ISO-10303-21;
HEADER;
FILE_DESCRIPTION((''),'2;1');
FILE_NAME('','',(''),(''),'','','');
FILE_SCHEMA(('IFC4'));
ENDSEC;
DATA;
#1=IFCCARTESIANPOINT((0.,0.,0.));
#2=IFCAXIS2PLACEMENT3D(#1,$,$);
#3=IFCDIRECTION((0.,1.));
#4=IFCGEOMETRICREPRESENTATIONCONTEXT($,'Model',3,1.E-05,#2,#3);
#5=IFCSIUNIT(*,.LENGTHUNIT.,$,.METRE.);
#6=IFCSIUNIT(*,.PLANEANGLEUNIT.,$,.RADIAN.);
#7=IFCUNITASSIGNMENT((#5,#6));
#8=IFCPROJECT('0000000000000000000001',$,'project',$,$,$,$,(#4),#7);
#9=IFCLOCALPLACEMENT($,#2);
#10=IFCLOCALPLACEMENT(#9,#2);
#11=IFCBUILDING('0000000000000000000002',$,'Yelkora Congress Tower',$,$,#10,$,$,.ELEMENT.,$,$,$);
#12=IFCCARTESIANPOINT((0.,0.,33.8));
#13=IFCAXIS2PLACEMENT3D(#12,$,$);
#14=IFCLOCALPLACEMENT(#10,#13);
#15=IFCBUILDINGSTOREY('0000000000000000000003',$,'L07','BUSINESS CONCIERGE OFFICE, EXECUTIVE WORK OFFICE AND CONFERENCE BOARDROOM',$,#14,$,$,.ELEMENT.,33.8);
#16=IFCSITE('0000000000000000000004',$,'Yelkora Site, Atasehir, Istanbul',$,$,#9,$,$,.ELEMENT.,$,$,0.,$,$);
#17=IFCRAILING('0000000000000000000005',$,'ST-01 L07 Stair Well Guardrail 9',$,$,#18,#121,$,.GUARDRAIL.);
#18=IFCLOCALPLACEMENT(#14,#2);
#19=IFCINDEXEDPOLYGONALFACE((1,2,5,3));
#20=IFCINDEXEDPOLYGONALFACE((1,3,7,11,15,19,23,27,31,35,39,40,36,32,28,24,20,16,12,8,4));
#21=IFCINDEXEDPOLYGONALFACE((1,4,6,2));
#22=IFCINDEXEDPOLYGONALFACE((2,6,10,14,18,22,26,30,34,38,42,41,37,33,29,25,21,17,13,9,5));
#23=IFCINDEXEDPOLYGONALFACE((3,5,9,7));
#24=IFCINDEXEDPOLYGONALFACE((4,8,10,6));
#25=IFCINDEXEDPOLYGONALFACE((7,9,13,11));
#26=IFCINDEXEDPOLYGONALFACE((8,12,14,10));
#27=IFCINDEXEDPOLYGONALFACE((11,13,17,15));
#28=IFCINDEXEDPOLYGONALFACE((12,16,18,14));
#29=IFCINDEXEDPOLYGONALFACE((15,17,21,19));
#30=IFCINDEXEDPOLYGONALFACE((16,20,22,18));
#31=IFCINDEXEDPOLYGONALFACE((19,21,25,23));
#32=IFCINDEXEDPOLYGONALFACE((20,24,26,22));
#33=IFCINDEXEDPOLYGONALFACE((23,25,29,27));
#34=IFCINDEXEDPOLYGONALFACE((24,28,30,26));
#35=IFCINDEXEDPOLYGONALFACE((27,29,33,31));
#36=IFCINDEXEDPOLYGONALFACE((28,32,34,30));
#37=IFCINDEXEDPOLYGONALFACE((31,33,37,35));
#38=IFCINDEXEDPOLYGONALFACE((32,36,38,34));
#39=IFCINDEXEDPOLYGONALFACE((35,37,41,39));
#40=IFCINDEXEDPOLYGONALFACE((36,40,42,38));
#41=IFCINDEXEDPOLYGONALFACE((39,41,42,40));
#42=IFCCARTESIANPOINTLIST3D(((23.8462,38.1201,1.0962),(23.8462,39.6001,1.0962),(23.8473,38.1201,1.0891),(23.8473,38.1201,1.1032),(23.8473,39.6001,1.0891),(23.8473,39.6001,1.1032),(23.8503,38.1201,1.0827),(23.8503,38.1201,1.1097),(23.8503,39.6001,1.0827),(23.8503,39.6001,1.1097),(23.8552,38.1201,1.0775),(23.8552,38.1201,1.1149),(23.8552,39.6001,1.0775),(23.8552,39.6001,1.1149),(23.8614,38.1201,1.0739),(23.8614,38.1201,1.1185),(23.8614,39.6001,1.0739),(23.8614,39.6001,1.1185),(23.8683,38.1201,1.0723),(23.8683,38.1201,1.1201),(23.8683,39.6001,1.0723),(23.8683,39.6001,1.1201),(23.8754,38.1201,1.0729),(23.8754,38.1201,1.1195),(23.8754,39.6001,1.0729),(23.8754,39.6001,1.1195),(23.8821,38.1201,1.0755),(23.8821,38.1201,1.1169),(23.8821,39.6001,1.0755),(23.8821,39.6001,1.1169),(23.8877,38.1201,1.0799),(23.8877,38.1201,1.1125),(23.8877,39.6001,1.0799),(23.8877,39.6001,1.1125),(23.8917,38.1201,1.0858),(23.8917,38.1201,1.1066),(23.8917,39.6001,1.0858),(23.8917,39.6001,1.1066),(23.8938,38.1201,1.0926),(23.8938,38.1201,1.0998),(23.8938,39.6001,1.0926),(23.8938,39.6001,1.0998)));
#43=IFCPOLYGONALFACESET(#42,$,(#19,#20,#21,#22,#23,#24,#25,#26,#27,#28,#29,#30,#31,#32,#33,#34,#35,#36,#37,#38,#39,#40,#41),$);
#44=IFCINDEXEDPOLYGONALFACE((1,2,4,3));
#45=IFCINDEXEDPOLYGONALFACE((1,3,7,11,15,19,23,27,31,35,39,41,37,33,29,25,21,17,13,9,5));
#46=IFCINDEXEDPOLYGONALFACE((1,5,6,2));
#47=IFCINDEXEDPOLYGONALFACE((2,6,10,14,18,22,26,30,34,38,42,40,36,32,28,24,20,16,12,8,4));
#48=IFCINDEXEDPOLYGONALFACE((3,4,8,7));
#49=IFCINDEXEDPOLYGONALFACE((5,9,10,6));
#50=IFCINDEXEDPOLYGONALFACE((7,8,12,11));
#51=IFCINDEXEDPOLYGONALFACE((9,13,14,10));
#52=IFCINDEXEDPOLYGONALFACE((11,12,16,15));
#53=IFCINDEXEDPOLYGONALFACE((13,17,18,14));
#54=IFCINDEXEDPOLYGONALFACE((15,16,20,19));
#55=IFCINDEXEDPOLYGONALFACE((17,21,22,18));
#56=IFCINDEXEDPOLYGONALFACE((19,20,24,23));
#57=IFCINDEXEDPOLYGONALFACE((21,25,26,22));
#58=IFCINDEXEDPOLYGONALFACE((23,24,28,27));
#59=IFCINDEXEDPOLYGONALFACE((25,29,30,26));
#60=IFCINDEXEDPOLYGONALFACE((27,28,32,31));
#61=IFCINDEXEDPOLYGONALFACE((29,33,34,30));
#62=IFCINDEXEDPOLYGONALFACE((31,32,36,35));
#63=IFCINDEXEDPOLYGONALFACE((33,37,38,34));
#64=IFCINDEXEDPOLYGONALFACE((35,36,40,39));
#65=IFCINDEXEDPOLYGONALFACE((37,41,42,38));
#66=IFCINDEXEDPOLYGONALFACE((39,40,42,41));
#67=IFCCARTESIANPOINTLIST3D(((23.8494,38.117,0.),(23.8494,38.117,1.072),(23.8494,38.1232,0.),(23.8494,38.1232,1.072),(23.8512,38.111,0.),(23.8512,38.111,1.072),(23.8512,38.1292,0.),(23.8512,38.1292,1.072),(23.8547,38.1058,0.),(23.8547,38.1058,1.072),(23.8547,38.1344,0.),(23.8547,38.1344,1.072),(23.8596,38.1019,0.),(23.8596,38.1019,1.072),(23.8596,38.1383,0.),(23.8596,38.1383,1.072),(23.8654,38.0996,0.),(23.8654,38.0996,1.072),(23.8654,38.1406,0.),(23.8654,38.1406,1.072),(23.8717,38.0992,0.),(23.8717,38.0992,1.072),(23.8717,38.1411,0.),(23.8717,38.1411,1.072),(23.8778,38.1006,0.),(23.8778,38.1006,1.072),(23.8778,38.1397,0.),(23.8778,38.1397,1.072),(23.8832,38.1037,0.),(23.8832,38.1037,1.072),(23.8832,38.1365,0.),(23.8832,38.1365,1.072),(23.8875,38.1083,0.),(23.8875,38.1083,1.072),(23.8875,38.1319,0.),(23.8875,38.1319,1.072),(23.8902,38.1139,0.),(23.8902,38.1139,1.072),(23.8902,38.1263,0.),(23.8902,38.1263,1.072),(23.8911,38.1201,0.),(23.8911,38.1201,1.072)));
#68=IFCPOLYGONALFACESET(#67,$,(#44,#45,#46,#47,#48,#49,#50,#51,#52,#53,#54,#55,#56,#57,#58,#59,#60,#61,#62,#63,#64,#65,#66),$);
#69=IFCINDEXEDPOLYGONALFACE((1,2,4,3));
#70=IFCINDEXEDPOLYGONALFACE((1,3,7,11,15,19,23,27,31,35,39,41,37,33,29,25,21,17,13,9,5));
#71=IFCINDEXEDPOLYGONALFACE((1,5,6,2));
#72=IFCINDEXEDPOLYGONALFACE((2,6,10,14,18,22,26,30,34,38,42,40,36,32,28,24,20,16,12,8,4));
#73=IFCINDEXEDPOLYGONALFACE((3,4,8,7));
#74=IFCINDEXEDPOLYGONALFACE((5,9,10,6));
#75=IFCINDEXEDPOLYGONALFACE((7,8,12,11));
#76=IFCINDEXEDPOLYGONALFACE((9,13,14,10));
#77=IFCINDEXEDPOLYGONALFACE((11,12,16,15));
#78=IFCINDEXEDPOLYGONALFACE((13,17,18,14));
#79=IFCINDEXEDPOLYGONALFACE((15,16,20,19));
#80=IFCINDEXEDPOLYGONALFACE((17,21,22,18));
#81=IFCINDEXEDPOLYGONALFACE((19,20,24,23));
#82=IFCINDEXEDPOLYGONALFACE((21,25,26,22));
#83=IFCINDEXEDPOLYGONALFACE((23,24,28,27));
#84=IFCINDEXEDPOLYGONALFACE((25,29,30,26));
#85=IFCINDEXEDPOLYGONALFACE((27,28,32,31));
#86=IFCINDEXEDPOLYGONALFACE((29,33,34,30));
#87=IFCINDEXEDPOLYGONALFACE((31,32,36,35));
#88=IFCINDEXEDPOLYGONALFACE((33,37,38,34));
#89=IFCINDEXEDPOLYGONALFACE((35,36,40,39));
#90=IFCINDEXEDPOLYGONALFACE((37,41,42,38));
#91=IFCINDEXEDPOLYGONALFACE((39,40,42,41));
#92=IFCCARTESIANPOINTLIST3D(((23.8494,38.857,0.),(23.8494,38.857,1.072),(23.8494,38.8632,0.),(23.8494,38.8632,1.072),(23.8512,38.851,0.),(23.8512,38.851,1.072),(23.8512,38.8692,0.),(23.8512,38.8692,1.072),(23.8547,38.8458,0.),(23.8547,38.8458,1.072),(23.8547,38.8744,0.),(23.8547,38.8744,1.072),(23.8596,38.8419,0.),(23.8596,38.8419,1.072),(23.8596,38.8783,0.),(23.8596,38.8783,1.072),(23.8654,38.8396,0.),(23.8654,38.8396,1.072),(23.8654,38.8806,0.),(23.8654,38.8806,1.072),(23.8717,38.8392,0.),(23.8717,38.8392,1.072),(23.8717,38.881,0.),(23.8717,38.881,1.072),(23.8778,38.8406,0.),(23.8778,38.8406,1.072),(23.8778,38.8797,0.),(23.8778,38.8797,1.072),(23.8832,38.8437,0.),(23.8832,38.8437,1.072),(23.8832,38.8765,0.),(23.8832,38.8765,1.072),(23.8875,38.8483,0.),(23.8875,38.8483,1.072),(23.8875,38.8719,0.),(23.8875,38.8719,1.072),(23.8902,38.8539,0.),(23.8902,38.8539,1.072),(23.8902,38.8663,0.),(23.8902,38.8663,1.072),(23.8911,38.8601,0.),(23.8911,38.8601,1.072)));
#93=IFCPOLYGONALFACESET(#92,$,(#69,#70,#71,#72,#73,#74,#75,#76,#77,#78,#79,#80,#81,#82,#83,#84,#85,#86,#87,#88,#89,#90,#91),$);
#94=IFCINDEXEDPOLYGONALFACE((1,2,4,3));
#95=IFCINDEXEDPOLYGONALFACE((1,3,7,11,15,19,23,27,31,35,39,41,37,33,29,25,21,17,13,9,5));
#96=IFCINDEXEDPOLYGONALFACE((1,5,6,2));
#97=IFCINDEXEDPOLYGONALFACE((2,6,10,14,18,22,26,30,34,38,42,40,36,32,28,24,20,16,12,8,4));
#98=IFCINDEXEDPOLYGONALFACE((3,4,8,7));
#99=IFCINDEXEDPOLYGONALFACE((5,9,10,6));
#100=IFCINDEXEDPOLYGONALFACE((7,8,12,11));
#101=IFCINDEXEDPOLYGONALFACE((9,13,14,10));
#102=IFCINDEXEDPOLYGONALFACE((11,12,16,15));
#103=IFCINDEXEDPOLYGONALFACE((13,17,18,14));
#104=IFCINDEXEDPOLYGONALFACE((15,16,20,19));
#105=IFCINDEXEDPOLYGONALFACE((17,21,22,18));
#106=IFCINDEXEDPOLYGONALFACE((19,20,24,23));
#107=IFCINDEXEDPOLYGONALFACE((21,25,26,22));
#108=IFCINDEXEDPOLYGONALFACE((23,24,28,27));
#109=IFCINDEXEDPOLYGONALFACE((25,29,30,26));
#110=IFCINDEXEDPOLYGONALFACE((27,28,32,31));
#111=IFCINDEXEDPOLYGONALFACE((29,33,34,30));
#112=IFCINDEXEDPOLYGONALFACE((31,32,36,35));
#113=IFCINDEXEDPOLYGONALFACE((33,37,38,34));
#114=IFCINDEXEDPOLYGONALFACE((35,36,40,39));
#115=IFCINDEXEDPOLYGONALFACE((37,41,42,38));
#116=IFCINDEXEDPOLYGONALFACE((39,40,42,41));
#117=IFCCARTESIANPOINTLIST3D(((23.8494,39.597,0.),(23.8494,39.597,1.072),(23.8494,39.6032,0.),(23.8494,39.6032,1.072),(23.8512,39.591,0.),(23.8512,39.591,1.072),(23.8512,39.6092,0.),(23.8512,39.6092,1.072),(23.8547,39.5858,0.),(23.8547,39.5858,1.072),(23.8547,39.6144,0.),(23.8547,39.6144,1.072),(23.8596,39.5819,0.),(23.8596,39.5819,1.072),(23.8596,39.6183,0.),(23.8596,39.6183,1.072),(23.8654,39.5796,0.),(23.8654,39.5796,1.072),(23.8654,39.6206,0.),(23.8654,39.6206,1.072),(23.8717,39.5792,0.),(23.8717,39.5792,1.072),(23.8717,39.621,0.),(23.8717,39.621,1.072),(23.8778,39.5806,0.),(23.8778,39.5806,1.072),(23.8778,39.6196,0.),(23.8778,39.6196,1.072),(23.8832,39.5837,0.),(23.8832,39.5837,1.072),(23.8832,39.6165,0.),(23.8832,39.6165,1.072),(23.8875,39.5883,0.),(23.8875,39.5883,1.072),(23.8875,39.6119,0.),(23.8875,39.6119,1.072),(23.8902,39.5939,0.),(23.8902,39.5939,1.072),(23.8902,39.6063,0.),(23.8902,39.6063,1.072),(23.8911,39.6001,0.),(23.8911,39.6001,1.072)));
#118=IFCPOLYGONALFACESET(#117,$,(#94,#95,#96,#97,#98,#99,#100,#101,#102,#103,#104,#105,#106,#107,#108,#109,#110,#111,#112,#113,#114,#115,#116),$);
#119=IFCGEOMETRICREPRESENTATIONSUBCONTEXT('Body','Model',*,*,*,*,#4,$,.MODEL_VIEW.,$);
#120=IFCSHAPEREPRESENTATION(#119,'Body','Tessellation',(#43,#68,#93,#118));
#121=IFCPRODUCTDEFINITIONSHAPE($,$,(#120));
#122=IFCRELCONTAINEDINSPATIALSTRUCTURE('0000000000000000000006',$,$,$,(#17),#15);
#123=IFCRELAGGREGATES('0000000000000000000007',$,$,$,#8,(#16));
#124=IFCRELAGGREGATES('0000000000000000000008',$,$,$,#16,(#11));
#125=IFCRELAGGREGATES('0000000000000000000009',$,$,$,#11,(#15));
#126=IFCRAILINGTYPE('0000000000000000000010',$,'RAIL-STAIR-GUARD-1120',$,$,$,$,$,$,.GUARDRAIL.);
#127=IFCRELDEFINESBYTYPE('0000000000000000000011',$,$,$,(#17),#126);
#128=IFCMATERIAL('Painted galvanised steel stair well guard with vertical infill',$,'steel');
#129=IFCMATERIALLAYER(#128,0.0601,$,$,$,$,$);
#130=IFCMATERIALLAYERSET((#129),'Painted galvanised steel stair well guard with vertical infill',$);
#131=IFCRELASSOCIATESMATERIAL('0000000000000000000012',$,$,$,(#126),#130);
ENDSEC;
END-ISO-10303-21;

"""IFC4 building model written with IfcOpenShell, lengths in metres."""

from ifc_helpers import new_model, si_unit, direction, frame, origin, origin_2d, place, context, subcontext, project, spatial, circle, extrude, material, layer, layer_set, type_object, element, save


model = new_model("IFC4")

# Units and contexts
model_context = context("Model", 3, precision=1e-05, world=origin(), true_north=direction((0.0, 1.0)))
body_context = subcontext(model_context, "Body", "Model", "MODEL_VIEW")
ifc_project = project(units=[si_unit("LENGTHUNIT", "METRE"), si_unit("PLANEANGLEUNIT", "RADIAN")], contexts=[model_context])

# Site, building, storey
site_placement = place(None, origin())
site = spatial("IfcSite", under=ifc_project, at=site_placement, Name="Yelkora Site, Atasehir, Istanbul", CompositionType="ELEMENT", RefElevation=0.0)
building_placement = place(site_placement, origin())
building = spatial("IfcBuilding", under=site, at=building_placement, Name="Yelkora Congress Tower", CompositionType="ELEMENT")
storey_placement = place(building_placement, frame((0.0, 0.0, 33.8)))
storey = spatial("IfcBuildingStorey", under=building, at=storey_placement, Name="L07", Description="BUSINESS CONCIERGE OFFICE, EXECUTIVE WORK OFFICE AND CONFERENCE BOARDROOM", CompositionType="ELEMENT", Elevation=33.8)

# Railing
ifc_material_1 = material(Name="Painted galvanised steel stair well guard with vertical infill", Category="steel")
ifc_layer_1 = layer(ifc_material_1, 0.0601)
ifc_layer_set_1 = layer_set([ifc_layer_1], Name="Painted galvanised steel stair well guard with vertical infill")
railing_type_1 = type_object("IfcRailingType", Name="RAIL-STAIR-GUARD-1120", PredefinedType="GUARDRAIL", material=ifc_layer_set_1)
for number, where, name in (
    (1, (23.8701, 38.1201, 0.0), "ST-01 L07 Stair Well Guardrail 9"),
):
    element("IfcRailing", number, at=place(storey_placement, frame(where)), inside=storey, type_object=railing_type_1, Name=name, PredefinedType="GUARDRAIL", context=body_context, shape_type="SweptSolid", body=[
        extrude(circle(Radius=0.0239, at=origin_2d()), frame((0.0, 0.0, 1.0962), z_axis=(0.0, 1.0, 0.0), x_axis=(-1.0, 0.0, 0.0)), (0.0, 0.0, 1.0), 1.48),
        extrude(circle(Radius=0.021, at=origin_2d()), origin(), (0.0, 0.0, 1.0), 1.072),
        extrude(circle(Radius=0.021, at=origin_2d()), frame((0.0, 0.74, 0.0)), (0.0, 0.0, 1.0), 1.072),
        extrude(circle(Radius=0.021, at=origin_2d()), frame((0.0, 1.48, 0.0)), (0.0, 0.0, 1.0), 1.072),
    ])

save(model, "model.ifc")
